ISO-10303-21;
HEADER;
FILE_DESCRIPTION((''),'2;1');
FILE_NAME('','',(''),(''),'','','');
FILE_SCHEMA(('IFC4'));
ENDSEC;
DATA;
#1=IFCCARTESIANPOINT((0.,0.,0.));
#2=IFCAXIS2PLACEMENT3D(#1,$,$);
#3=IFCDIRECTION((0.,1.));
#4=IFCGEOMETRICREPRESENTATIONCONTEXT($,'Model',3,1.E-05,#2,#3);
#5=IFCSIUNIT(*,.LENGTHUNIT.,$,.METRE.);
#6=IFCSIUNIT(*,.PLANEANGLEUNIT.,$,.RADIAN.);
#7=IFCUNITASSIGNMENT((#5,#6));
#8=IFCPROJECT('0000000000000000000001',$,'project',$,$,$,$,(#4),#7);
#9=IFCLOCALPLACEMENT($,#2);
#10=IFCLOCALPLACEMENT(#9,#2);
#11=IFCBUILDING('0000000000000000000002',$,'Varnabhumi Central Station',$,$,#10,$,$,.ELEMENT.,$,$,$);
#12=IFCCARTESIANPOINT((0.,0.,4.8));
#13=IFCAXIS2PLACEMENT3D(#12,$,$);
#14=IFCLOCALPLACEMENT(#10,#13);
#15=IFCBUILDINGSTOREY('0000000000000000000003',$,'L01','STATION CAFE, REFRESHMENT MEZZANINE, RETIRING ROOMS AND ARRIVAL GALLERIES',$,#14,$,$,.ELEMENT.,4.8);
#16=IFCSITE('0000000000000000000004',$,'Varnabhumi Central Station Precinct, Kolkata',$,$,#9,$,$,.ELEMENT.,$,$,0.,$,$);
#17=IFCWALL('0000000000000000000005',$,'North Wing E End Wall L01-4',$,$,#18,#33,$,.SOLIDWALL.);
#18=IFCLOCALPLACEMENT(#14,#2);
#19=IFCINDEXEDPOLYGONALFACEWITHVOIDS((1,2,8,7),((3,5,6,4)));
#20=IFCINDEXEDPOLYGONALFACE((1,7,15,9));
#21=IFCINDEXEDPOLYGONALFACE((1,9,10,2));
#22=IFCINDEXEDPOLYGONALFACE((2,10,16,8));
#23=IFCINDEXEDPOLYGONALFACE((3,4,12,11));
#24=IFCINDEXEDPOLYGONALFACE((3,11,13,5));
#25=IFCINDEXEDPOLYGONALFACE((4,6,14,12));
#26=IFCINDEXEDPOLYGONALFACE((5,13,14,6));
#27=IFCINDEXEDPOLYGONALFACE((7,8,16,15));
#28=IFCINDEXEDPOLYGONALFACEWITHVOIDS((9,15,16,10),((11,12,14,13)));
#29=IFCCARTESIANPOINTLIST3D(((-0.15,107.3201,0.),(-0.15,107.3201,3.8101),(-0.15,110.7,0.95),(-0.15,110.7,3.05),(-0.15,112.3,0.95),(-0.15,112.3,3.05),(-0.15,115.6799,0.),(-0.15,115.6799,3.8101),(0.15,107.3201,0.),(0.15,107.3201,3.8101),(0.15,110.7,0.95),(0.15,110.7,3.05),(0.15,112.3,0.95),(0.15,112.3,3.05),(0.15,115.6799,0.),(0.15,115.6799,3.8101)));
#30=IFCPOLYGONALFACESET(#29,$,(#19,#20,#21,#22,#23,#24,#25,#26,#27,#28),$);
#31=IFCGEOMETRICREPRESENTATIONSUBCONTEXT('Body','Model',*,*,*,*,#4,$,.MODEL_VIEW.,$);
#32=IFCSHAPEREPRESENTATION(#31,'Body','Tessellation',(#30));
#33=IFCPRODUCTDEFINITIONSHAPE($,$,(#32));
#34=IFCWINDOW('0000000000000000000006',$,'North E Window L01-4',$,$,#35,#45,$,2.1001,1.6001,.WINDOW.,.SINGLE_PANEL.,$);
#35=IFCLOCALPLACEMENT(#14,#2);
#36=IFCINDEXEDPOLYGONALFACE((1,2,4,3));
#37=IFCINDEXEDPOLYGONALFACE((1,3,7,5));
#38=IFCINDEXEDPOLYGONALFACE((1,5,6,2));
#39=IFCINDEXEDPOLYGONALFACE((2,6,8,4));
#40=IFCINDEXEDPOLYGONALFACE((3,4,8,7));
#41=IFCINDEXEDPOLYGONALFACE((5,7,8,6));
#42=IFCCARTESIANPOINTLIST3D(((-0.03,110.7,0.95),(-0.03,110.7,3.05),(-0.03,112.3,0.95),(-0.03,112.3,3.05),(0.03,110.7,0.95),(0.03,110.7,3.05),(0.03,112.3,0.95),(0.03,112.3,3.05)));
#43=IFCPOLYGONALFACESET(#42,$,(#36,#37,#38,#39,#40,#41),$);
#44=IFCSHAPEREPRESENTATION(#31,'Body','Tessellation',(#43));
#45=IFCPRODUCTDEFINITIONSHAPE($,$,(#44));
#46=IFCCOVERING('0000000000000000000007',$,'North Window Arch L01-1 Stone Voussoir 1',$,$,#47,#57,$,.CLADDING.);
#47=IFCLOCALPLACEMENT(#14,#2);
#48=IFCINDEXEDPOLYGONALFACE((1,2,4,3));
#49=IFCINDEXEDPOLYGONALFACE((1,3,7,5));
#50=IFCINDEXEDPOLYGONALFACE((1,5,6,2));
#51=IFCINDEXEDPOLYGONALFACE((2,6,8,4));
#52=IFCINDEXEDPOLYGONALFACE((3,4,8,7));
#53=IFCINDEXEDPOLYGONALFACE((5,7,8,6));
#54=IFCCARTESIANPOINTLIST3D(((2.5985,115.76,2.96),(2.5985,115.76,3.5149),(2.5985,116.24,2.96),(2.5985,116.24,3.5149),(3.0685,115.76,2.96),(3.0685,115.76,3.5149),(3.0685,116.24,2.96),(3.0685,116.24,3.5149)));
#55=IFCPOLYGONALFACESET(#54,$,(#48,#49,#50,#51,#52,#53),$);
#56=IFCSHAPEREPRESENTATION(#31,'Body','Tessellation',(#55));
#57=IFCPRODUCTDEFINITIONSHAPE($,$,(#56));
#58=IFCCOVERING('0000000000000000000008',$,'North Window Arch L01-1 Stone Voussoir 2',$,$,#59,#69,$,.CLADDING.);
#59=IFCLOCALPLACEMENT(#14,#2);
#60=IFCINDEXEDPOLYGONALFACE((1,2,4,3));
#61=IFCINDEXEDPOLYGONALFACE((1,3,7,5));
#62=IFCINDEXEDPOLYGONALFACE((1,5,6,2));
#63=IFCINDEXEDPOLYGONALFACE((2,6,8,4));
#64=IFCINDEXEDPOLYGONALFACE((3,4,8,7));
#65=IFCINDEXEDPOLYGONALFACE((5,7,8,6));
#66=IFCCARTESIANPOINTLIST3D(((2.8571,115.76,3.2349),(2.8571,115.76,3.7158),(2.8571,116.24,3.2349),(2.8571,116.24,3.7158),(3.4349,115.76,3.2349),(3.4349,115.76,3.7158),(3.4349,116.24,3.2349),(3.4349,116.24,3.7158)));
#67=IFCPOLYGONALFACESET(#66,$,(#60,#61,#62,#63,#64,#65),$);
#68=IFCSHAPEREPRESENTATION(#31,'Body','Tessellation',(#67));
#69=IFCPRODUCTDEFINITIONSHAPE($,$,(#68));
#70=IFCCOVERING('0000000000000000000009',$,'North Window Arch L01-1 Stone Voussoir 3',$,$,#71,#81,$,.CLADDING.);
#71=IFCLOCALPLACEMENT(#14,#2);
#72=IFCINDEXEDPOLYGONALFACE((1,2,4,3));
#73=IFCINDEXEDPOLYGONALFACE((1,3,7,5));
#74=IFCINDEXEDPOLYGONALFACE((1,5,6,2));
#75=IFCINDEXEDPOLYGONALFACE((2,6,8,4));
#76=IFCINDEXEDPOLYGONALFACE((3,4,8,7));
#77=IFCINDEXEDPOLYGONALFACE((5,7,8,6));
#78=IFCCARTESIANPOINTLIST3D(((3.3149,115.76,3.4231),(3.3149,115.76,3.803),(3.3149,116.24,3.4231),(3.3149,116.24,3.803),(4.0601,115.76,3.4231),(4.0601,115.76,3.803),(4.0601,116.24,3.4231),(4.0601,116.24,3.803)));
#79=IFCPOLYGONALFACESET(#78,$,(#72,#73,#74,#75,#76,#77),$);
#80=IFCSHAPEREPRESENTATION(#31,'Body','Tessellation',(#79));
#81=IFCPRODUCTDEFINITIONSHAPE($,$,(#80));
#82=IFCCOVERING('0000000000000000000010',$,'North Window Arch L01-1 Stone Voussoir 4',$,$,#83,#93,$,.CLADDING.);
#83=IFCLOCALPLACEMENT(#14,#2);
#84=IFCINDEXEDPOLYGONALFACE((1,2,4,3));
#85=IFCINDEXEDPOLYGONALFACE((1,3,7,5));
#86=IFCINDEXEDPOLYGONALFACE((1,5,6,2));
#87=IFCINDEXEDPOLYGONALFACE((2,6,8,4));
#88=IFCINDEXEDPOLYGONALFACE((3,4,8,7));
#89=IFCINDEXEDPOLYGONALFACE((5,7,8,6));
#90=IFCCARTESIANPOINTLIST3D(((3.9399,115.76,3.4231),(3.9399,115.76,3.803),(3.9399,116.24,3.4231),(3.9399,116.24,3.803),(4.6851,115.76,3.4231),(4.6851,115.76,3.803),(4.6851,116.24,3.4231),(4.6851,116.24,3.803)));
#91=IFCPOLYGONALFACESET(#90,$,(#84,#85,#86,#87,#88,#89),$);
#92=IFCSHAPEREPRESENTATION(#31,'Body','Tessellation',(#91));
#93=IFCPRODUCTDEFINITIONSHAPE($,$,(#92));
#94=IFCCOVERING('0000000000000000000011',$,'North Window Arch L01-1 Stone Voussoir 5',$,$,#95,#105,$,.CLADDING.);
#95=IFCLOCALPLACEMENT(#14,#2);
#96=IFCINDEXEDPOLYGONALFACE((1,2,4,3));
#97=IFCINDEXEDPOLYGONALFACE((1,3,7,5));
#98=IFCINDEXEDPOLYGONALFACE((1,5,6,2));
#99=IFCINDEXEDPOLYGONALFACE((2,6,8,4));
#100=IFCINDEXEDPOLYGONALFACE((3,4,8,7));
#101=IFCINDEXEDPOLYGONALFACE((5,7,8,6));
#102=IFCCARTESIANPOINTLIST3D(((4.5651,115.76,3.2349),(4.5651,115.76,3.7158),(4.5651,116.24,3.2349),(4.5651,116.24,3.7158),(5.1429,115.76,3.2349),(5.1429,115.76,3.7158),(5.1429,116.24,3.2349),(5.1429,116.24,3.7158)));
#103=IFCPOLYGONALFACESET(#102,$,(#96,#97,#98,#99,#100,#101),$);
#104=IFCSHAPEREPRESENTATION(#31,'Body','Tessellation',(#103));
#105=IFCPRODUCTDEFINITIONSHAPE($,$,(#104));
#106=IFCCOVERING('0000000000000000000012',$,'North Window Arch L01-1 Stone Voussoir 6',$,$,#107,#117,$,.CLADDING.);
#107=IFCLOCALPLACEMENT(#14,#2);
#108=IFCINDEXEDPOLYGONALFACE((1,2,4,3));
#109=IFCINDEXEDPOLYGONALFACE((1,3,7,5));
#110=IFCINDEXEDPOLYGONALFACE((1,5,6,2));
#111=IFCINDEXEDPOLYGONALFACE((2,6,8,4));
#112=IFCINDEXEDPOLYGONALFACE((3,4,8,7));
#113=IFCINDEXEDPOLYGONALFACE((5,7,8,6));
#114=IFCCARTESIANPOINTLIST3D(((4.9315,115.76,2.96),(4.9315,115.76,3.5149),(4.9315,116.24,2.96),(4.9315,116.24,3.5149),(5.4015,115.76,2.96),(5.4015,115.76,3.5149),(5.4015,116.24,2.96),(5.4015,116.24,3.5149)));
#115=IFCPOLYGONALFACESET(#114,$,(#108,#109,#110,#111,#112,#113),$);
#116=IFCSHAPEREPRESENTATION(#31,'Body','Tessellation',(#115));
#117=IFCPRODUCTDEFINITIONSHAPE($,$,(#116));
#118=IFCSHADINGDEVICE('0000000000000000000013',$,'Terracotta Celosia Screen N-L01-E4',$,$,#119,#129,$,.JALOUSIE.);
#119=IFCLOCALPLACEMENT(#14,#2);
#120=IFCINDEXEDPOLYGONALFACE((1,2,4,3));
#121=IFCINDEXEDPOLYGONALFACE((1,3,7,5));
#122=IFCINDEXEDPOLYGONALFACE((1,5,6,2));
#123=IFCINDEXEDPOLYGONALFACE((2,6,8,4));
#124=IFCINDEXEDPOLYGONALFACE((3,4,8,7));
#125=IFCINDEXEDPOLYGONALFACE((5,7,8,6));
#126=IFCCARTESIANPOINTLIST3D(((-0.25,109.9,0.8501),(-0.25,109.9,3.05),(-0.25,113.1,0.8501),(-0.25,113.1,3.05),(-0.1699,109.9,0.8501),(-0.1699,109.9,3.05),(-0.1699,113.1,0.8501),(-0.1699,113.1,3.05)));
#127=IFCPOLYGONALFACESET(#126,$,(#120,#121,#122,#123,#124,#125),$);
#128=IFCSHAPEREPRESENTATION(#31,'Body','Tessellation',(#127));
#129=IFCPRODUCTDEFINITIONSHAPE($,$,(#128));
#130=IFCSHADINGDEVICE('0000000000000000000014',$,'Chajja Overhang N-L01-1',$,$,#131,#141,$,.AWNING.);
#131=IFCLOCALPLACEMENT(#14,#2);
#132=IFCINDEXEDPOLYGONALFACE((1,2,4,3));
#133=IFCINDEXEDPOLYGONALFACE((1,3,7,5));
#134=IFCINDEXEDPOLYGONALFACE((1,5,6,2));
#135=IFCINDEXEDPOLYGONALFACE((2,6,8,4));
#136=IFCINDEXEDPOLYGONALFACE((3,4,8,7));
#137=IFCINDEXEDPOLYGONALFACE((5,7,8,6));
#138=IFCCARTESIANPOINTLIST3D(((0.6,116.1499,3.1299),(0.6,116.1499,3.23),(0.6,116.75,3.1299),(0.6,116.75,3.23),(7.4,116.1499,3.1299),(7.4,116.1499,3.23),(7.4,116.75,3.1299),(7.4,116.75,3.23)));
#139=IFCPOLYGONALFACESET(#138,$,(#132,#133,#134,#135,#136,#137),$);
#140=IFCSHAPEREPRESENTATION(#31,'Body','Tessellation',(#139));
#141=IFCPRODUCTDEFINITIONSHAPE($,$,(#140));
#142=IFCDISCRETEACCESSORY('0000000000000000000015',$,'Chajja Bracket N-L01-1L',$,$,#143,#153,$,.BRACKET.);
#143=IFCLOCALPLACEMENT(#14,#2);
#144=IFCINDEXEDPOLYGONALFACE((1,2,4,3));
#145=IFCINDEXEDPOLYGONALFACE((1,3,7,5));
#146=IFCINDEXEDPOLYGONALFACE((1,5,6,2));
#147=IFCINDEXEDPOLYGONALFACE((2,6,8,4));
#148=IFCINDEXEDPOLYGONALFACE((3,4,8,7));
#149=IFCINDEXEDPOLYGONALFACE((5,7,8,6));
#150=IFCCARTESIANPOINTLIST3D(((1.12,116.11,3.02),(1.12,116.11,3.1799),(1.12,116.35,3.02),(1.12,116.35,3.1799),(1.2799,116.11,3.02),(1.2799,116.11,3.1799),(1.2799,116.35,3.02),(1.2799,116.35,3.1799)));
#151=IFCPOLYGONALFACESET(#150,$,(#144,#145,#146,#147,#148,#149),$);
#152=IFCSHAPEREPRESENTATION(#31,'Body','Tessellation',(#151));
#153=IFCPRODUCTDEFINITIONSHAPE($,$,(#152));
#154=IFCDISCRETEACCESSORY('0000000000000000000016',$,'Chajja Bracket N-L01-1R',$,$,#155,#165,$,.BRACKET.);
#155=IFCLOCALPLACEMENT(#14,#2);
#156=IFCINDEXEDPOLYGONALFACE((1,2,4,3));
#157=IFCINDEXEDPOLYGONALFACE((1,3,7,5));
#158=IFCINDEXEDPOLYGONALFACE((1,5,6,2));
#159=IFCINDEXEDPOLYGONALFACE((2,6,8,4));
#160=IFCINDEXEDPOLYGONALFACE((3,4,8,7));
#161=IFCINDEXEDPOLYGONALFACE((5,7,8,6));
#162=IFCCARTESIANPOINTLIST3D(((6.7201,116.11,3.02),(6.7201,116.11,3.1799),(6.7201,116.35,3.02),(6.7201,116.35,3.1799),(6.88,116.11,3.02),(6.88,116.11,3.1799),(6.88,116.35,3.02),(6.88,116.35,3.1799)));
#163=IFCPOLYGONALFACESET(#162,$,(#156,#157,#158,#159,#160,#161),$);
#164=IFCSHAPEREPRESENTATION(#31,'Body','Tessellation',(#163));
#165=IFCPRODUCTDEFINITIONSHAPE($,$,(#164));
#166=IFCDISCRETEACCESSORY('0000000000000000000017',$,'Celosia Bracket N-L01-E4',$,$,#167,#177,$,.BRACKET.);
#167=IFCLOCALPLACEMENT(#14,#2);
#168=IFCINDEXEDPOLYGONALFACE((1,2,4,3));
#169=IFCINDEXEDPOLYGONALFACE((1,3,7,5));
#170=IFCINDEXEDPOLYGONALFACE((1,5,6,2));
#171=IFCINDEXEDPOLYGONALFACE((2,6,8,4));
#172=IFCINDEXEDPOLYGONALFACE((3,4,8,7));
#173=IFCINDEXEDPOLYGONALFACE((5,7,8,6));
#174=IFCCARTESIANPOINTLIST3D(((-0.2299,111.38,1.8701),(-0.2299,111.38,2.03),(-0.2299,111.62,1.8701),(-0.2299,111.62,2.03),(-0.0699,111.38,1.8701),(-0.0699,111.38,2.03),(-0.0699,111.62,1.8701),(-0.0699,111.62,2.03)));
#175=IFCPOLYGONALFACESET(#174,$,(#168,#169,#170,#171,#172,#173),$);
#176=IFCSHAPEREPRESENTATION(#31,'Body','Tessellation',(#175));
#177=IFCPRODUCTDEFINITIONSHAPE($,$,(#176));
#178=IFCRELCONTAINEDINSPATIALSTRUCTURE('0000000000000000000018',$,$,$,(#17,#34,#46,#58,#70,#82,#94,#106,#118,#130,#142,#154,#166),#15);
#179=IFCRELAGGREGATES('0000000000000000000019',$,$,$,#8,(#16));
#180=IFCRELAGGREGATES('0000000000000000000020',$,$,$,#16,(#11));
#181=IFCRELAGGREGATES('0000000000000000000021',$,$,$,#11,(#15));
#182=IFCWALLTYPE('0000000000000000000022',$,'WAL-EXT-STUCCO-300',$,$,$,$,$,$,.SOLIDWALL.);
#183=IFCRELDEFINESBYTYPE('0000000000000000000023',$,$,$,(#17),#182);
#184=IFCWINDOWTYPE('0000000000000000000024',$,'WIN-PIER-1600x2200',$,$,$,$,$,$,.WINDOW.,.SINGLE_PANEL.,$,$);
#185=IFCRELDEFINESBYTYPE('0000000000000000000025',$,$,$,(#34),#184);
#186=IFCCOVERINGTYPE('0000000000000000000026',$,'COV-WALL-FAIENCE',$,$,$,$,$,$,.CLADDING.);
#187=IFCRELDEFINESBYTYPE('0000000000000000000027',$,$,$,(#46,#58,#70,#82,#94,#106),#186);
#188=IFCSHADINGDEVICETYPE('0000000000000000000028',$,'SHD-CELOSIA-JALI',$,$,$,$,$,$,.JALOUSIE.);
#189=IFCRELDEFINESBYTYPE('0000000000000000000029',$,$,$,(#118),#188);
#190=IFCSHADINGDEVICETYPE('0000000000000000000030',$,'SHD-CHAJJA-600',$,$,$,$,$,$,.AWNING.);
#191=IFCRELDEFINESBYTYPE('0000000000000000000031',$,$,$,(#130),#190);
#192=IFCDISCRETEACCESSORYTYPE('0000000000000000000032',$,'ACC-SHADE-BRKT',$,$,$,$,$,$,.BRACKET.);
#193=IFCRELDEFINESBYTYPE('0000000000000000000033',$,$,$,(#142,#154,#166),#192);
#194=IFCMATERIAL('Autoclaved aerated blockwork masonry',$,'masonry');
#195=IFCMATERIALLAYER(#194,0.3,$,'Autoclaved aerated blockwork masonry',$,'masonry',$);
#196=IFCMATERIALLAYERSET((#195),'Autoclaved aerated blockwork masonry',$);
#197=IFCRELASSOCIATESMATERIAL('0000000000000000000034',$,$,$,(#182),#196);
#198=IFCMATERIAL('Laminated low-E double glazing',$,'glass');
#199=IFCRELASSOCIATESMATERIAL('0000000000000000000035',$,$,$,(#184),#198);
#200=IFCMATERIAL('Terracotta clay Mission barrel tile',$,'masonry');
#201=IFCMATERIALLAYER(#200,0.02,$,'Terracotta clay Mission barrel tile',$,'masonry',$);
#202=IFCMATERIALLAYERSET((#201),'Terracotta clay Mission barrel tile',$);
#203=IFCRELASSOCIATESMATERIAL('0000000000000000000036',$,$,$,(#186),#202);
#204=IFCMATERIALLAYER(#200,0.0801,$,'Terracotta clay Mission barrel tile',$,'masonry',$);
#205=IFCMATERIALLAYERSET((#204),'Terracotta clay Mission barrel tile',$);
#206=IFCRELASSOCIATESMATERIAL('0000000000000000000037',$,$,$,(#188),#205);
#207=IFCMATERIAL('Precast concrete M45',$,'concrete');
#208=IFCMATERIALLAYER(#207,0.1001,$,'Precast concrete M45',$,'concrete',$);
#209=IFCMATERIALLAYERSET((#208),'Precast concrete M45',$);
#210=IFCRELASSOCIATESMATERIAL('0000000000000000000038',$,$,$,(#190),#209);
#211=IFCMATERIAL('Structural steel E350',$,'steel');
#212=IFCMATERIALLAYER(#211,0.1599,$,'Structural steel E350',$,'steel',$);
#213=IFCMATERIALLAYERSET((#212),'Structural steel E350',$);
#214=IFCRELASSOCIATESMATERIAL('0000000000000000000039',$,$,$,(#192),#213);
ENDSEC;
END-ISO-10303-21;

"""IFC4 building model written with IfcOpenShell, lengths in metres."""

from ifc_helpers import new_model, si_unit, direction, frame, frame_2d, origin, origin_2d, place, context, subcontext, project, spatial, rectangle, extrude, material, layer, layer_set, type_object, element, fill, save


model = new_model("IFC4")

# Units and contexts
model_context = context("Model", 3, precision=1e-05, world=origin(), true_north=direction((0.0, 1.0)))
body_context = subcontext(model_context, "Body", "Model", "MODEL_VIEW")
ifc_project = project(units=[si_unit("LENGTHUNIT", "METRE"), si_unit("PLANEANGLEUNIT", "RADIAN")], contexts=[model_context])

# Site, building, storey
site_placement = place(None, origin())
site = spatial("IfcSite", under=ifc_project, at=site_placement, Name="Varnabhumi Central Station Precinct, Kolkata", CompositionType="ELEMENT", RefElevation=0.0)
building_placement = place(site_placement, origin())
building = spatial("IfcBuilding", under=site, at=building_placement, Name="Varnabhumi Central Station", CompositionType="ELEMENT")
storey_placement = place(building_placement, frame((0.0, 0.0, 4.8)))
storey = spatial("IfcBuildingStorey", under=building, at=storey_placement, Name="L01", Description="STATION CAFE, REFRESHMENT MEZZANINE, RETIRING ROOMS AND ARRIVAL GALLERIES", CompositionType="ELEMENT", Elevation=4.8)

# Shared definitions
ifc_material_1 = material(Name="Structural steel E350", Category="steel")

# Wall, opening, window
ifc_material_2 = material(Name="Autoclaved aerated blockwork masonry", Category="masonry")
ifc_layer_1 = layer(ifc_material_2, 0.3, Name="Autoclaved aerated blockwork masonry", Category="masonry")
ifc_layer_set_1 = layer_set([ifc_layer_1], Name="Autoclaved aerated blockwork masonry")
wall_type = type_object("IfcWallType", Name="WAL-EXT-STUCCO-300", PredefinedType="SOLIDWALL", material=ifc_layer_set_1)
ifc_material_3 = material(Name="Laminated low-E double glazing", Category="glass")
wall_1_placement = place(storey_placement, frame((0.0, 107.3201, 0.0), z_axis=(0.0, 0.0, 1.0), x_axis=(0.0, 1.0, 0.0)))
wall_1 = element("IfcWall", 1, at=wall_1_placement, inside=storey, type_object=wall_type, Name="North Wing E End Wall L01-4", PredefinedType="SOLIDWALL", context=body_context, shape_type="SweptSolid", body=[
    extrude(rectangle(XDim=8.3599, YDim=0.3, at=frame_2d((4.1799, 0.0))), origin(), (0.0, 0.0, 1.0), 3.8101),
])
opening_1_placement = place(wall_1_placement, frame((3.3799, 0.0, 0.95)))
opening_1 = element("IfcOpeningElement", 2, at=opening_1_placement, cuts=wall_1, PredefinedType="OPENING", context=body_context, shape_type="SweptSolid", body=[
    extrude(rectangle(XDim=1.6001, YDim=2.1001, at=frame_2d((0.8, 1.05))), frame((0.0, 0.1599, 0.0), z_axis=(0.0, -1.0, 0.0), x_axis=(1.0, 0.0, 0.0)), (0.0, 0.0, 1.0), 0.3201),
])
window_type_1 = type_object("IfcWindowType", Name="WIN-PIER-1600x2200", PartitioningType="SINGLE_PANEL", PredefinedType="WINDOW", material=ifc_material_3)
window_1_placement = place(opening_1_placement, origin())
window_1 = element("IfcWindow", 3, at=window_1_placement, inside=storey, type_object=window_type_1, Name="North E Window L01-4", OverallHeight=2.1001, OverallWidth=1.6001, PartitioningType="SINGLE_PANEL", PredefinedType="WINDOW", context=body_context, shape_type="SweptSolid", body=[
    extrude(rectangle(XDim=1.6001, YDim=2.1001, at=frame_2d((0.8, 1.05))), frame((0.0, 0.03, 0.0), z_axis=(0.0, -1.0, 0.0), x_axis=(1.0, 0.0, 0.0)), (0.0, 0.0, 1.0), 0.0601),
])
fill(opening_1, window_1)

# Coverings
ifc_material_4 = material(Name="Terracotta clay Mission barrel tile", Category="masonry")
ifc_layer_2 = layer(ifc_material_4, 0.02, Name="Terracotta clay Mission barrel tile", Category="masonry")
ifc_layer_set_2 = layer_set([ifc_layer_2], Name="Terracotta clay Mission barrel tile")
covering_type = type_object("IfcCoveringType", Name="COV-WALL-FAIENCE", PredefinedType="CLADDING", material=ifc_layer_set_2)
covering_1_placement = place(storey_placement, frame((2.8335, 116.0, 2.96), z_axis=(0.0, 0.0, 1.0), x_axis=(1.0, 0.0, 0.0)))
element("IfcCovering", 4, at=covering_1_placement, inside=storey, type_object=covering_type, Name="North Window Arch L01-1 Stone Voussoir 1", PredefinedType="CLADDING", context=body_context, shape_type="SweptSolid", body=[
    extrude(rectangle(XDim=0.47, YDim=0.48, at=origin_2d()), origin(), (0.0, 0.0, 1.0), 0.5549),
])
covering_2_placement = place(storey_placement, frame((3.146, 116.0, 3.2349), z_axis=(0.0, 0.0, 1.0), x_axis=(1.0, 0.0, 0.0)))
element("IfcCovering", 5, at=covering_2_placement, inside=storey, type_object=covering_type, Name="North Window Arch L01-1 Stone Voussoir 2", PredefinedType="CLADDING", context=body_context, shape_type="SweptSolid", body=[
    extrude(rectangle(XDim=0.5779, YDim=0.48, at=origin_2d()), origin(), (0.0, 0.0, 1.0), 0.481),
])
for number, where, z_axis, x_axis, name in (
    (6, (3.6875, 116.0, 3.4231), (0.0, 0.0, 1.0), (1.0, 0.0, 0.0), "North Window Arch L01-1 Stone Voussoir 3"),
    (7, (4.3125, 116.0, 3.4231), (0.0, 0.0, 1.0), (1.0, 0.0, 0.0), "North Window Arch L01-1 Stone Voussoir 4"),
):
    element("IfcCovering", number, at=place(storey_placement, frame(where, z_axis=z_axis, x_axis=x_axis)), inside=storey, type_object=covering_type, Name=name, PredefinedType="CLADDING", context=body_context, shape_type="SweptSolid", body=[
        extrude(rectangle(XDim=0.7451, YDim=0.48, at=origin_2d()), origin(), (0.0, 0.0, 1.0), 0.3799),
    ])
covering_3_placement = place(storey_placement, frame((4.854, 116.0, 3.2349), z_axis=(0.0, 0.0, 1.0), x_axis=(1.0, 0.0, 0.0)))
element("IfcCovering", 8, at=covering_3_placement, inside=storey, type_object=covering_type, Name="North Window Arch L01-1 Stone Voussoir 5", PredefinedType="CLADDING", context=body_context, shape_type="SweptSolid", body=[
    extrude(rectangle(XDim=0.5779, YDim=0.48, at=origin_2d()), origin(), (0.0, 0.0, 1.0), 0.481),
])
covering_4_placement = place(storey_placement, frame((5.1665, 116.0, 2.96), z_axis=(0.0, 0.0, 1.0), x_axis=(1.0, 0.0, 0.0)))
element("IfcCovering", 9, at=covering_4_placement, inside=storey, type_object=covering_type, Name="North Window Arch L01-1 Stone Voussoir 6", PredefinedType="CLADDING", context=body_context, shape_type="SweptSolid", body=[
    extrude(rectangle(XDim=0.47, YDim=0.48, at=origin_2d()), origin(), (0.0, 0.0, 1.0), 0.5549),
])

# Shading devices
ifc_layer_3 = layer(ifc_material_4, 0.0801, Name="Terracotta clay Mission barrel tile", Category="masonry")
ifc_layer_set_3 = layer_set([ifc_layer_3], Name="Terracotta clay Mission barrel tile")
shading_device_type_1 = type_object("IfcShadingDeviceType", Name="SHD-CELOSIA-JALI", PredefinedType="JALOUSIE", material=ifc_layer_set_3)
shading_device_1_placement = place(storey_placement, frame((-0.21, 111.5, 0.8501), z_axis=(0.0, 0.0, 1.0), x_axis=(1.0, 0.0, 0.0)))
element("IfcShadingDevice", 10, at=shading_device_1_placement, inside=storey, type_object=shading_device_type_1, Name="Terracotta Celosia Screen N-L01-E4", PredefinedType="JALOUSIE", context=body_context, shape_type="SweptSolid", body=[
    extrude(rectangle(XDim=0.0801, YDim=3.2, at=origin_2d()), origin(), (0.0, 0.0, 1.0), 2.2),
])
ifc_material_5 = material(Name="Precast concrete M45", Category="concrete")
ifc_layer_4 = layer(ifc_material_5, 0.1001, Name="Precast concrete M45", Category="concrete")
ifc_layer_set_4 = layer_set([ifc_layer_4], Name="Precast concrete M45")
shading_device_type_2 = type_object("IfcShadingDeviceType", Name="SHD-CHAJJA-600", PredefinedType="AWNING", material=ifc_layer_set_4)
shading_device_2_placement = place(storey_placement, frame((4.0, 116.45, 3.1299), z_axis=(0.0, 0.0, 1.0), x_axis=(1.0, 0.0, 0.0)))
element("IfcShadingDevice", 11, at=shading_device_2_placement, inside=storey, type_object=shading_device_type_2, Name="Chajja Overhang N-L01-1", PredefinedType="AWNING", context=body_context, shape_type="SweptSolid", body=[
    extrude(rectangle(XDim=6.8, YDim=0.6001, at=origin_2d()), origin(), (0.0, 0.0, 1.0), 0.1001),
])

# Discrete accessories
ifc_layer_5 = layer(ifc_material_1, 0.1599, Name="Structural steel E350", Category="steel")
ifc_layer_set_5 = layer_set([ifc_layer_5], Name="Structural steel E350")
discrete_accessory_type = type_object("IfcDiscreteAccessoryType", Name="ACC-SHADE-BRKT", PredefinedType="BRACKET", material=ifc_layer_set_5)
for number, where, z_axis, x_axis, name in (
    (12, (1.2, 116.23, 3.02), (0.0, 0.0, 1.0), (1.0, 0.0, 0.0), "Chajja Bracket N-L01-1L"),
    (13, (6.8, 116.23, 3.02), (0.0, 0.0, 1.0), (1.0, 0.0, 0.0), "Chajja Bracket N-L01-1R"),
    (14, (-0.1499, 111.5, 1.8701), (0.0, 0.0, 1.0), (1.0, 0.0, 0.0), "Celosia Bracket N-L01-E4"),
):
    element("IfcDiscreteAccessory", number, at=place(storey_placement, frame(where, z_axis=z_axis, x_axis=x_axis)), inside=storey, type_object=discrete_accessory_type, Name=name, PredefinedType="BRACKET", context=body_context, shape_type="SweptSolid", body=[
        extrude(rectangle(XDim=0.1599, YDim=0.24, at=origin_2d()), origin(), (0.0, 0.0, 1.0), 0.1599),
    ])

save(model, "model.ifc")
